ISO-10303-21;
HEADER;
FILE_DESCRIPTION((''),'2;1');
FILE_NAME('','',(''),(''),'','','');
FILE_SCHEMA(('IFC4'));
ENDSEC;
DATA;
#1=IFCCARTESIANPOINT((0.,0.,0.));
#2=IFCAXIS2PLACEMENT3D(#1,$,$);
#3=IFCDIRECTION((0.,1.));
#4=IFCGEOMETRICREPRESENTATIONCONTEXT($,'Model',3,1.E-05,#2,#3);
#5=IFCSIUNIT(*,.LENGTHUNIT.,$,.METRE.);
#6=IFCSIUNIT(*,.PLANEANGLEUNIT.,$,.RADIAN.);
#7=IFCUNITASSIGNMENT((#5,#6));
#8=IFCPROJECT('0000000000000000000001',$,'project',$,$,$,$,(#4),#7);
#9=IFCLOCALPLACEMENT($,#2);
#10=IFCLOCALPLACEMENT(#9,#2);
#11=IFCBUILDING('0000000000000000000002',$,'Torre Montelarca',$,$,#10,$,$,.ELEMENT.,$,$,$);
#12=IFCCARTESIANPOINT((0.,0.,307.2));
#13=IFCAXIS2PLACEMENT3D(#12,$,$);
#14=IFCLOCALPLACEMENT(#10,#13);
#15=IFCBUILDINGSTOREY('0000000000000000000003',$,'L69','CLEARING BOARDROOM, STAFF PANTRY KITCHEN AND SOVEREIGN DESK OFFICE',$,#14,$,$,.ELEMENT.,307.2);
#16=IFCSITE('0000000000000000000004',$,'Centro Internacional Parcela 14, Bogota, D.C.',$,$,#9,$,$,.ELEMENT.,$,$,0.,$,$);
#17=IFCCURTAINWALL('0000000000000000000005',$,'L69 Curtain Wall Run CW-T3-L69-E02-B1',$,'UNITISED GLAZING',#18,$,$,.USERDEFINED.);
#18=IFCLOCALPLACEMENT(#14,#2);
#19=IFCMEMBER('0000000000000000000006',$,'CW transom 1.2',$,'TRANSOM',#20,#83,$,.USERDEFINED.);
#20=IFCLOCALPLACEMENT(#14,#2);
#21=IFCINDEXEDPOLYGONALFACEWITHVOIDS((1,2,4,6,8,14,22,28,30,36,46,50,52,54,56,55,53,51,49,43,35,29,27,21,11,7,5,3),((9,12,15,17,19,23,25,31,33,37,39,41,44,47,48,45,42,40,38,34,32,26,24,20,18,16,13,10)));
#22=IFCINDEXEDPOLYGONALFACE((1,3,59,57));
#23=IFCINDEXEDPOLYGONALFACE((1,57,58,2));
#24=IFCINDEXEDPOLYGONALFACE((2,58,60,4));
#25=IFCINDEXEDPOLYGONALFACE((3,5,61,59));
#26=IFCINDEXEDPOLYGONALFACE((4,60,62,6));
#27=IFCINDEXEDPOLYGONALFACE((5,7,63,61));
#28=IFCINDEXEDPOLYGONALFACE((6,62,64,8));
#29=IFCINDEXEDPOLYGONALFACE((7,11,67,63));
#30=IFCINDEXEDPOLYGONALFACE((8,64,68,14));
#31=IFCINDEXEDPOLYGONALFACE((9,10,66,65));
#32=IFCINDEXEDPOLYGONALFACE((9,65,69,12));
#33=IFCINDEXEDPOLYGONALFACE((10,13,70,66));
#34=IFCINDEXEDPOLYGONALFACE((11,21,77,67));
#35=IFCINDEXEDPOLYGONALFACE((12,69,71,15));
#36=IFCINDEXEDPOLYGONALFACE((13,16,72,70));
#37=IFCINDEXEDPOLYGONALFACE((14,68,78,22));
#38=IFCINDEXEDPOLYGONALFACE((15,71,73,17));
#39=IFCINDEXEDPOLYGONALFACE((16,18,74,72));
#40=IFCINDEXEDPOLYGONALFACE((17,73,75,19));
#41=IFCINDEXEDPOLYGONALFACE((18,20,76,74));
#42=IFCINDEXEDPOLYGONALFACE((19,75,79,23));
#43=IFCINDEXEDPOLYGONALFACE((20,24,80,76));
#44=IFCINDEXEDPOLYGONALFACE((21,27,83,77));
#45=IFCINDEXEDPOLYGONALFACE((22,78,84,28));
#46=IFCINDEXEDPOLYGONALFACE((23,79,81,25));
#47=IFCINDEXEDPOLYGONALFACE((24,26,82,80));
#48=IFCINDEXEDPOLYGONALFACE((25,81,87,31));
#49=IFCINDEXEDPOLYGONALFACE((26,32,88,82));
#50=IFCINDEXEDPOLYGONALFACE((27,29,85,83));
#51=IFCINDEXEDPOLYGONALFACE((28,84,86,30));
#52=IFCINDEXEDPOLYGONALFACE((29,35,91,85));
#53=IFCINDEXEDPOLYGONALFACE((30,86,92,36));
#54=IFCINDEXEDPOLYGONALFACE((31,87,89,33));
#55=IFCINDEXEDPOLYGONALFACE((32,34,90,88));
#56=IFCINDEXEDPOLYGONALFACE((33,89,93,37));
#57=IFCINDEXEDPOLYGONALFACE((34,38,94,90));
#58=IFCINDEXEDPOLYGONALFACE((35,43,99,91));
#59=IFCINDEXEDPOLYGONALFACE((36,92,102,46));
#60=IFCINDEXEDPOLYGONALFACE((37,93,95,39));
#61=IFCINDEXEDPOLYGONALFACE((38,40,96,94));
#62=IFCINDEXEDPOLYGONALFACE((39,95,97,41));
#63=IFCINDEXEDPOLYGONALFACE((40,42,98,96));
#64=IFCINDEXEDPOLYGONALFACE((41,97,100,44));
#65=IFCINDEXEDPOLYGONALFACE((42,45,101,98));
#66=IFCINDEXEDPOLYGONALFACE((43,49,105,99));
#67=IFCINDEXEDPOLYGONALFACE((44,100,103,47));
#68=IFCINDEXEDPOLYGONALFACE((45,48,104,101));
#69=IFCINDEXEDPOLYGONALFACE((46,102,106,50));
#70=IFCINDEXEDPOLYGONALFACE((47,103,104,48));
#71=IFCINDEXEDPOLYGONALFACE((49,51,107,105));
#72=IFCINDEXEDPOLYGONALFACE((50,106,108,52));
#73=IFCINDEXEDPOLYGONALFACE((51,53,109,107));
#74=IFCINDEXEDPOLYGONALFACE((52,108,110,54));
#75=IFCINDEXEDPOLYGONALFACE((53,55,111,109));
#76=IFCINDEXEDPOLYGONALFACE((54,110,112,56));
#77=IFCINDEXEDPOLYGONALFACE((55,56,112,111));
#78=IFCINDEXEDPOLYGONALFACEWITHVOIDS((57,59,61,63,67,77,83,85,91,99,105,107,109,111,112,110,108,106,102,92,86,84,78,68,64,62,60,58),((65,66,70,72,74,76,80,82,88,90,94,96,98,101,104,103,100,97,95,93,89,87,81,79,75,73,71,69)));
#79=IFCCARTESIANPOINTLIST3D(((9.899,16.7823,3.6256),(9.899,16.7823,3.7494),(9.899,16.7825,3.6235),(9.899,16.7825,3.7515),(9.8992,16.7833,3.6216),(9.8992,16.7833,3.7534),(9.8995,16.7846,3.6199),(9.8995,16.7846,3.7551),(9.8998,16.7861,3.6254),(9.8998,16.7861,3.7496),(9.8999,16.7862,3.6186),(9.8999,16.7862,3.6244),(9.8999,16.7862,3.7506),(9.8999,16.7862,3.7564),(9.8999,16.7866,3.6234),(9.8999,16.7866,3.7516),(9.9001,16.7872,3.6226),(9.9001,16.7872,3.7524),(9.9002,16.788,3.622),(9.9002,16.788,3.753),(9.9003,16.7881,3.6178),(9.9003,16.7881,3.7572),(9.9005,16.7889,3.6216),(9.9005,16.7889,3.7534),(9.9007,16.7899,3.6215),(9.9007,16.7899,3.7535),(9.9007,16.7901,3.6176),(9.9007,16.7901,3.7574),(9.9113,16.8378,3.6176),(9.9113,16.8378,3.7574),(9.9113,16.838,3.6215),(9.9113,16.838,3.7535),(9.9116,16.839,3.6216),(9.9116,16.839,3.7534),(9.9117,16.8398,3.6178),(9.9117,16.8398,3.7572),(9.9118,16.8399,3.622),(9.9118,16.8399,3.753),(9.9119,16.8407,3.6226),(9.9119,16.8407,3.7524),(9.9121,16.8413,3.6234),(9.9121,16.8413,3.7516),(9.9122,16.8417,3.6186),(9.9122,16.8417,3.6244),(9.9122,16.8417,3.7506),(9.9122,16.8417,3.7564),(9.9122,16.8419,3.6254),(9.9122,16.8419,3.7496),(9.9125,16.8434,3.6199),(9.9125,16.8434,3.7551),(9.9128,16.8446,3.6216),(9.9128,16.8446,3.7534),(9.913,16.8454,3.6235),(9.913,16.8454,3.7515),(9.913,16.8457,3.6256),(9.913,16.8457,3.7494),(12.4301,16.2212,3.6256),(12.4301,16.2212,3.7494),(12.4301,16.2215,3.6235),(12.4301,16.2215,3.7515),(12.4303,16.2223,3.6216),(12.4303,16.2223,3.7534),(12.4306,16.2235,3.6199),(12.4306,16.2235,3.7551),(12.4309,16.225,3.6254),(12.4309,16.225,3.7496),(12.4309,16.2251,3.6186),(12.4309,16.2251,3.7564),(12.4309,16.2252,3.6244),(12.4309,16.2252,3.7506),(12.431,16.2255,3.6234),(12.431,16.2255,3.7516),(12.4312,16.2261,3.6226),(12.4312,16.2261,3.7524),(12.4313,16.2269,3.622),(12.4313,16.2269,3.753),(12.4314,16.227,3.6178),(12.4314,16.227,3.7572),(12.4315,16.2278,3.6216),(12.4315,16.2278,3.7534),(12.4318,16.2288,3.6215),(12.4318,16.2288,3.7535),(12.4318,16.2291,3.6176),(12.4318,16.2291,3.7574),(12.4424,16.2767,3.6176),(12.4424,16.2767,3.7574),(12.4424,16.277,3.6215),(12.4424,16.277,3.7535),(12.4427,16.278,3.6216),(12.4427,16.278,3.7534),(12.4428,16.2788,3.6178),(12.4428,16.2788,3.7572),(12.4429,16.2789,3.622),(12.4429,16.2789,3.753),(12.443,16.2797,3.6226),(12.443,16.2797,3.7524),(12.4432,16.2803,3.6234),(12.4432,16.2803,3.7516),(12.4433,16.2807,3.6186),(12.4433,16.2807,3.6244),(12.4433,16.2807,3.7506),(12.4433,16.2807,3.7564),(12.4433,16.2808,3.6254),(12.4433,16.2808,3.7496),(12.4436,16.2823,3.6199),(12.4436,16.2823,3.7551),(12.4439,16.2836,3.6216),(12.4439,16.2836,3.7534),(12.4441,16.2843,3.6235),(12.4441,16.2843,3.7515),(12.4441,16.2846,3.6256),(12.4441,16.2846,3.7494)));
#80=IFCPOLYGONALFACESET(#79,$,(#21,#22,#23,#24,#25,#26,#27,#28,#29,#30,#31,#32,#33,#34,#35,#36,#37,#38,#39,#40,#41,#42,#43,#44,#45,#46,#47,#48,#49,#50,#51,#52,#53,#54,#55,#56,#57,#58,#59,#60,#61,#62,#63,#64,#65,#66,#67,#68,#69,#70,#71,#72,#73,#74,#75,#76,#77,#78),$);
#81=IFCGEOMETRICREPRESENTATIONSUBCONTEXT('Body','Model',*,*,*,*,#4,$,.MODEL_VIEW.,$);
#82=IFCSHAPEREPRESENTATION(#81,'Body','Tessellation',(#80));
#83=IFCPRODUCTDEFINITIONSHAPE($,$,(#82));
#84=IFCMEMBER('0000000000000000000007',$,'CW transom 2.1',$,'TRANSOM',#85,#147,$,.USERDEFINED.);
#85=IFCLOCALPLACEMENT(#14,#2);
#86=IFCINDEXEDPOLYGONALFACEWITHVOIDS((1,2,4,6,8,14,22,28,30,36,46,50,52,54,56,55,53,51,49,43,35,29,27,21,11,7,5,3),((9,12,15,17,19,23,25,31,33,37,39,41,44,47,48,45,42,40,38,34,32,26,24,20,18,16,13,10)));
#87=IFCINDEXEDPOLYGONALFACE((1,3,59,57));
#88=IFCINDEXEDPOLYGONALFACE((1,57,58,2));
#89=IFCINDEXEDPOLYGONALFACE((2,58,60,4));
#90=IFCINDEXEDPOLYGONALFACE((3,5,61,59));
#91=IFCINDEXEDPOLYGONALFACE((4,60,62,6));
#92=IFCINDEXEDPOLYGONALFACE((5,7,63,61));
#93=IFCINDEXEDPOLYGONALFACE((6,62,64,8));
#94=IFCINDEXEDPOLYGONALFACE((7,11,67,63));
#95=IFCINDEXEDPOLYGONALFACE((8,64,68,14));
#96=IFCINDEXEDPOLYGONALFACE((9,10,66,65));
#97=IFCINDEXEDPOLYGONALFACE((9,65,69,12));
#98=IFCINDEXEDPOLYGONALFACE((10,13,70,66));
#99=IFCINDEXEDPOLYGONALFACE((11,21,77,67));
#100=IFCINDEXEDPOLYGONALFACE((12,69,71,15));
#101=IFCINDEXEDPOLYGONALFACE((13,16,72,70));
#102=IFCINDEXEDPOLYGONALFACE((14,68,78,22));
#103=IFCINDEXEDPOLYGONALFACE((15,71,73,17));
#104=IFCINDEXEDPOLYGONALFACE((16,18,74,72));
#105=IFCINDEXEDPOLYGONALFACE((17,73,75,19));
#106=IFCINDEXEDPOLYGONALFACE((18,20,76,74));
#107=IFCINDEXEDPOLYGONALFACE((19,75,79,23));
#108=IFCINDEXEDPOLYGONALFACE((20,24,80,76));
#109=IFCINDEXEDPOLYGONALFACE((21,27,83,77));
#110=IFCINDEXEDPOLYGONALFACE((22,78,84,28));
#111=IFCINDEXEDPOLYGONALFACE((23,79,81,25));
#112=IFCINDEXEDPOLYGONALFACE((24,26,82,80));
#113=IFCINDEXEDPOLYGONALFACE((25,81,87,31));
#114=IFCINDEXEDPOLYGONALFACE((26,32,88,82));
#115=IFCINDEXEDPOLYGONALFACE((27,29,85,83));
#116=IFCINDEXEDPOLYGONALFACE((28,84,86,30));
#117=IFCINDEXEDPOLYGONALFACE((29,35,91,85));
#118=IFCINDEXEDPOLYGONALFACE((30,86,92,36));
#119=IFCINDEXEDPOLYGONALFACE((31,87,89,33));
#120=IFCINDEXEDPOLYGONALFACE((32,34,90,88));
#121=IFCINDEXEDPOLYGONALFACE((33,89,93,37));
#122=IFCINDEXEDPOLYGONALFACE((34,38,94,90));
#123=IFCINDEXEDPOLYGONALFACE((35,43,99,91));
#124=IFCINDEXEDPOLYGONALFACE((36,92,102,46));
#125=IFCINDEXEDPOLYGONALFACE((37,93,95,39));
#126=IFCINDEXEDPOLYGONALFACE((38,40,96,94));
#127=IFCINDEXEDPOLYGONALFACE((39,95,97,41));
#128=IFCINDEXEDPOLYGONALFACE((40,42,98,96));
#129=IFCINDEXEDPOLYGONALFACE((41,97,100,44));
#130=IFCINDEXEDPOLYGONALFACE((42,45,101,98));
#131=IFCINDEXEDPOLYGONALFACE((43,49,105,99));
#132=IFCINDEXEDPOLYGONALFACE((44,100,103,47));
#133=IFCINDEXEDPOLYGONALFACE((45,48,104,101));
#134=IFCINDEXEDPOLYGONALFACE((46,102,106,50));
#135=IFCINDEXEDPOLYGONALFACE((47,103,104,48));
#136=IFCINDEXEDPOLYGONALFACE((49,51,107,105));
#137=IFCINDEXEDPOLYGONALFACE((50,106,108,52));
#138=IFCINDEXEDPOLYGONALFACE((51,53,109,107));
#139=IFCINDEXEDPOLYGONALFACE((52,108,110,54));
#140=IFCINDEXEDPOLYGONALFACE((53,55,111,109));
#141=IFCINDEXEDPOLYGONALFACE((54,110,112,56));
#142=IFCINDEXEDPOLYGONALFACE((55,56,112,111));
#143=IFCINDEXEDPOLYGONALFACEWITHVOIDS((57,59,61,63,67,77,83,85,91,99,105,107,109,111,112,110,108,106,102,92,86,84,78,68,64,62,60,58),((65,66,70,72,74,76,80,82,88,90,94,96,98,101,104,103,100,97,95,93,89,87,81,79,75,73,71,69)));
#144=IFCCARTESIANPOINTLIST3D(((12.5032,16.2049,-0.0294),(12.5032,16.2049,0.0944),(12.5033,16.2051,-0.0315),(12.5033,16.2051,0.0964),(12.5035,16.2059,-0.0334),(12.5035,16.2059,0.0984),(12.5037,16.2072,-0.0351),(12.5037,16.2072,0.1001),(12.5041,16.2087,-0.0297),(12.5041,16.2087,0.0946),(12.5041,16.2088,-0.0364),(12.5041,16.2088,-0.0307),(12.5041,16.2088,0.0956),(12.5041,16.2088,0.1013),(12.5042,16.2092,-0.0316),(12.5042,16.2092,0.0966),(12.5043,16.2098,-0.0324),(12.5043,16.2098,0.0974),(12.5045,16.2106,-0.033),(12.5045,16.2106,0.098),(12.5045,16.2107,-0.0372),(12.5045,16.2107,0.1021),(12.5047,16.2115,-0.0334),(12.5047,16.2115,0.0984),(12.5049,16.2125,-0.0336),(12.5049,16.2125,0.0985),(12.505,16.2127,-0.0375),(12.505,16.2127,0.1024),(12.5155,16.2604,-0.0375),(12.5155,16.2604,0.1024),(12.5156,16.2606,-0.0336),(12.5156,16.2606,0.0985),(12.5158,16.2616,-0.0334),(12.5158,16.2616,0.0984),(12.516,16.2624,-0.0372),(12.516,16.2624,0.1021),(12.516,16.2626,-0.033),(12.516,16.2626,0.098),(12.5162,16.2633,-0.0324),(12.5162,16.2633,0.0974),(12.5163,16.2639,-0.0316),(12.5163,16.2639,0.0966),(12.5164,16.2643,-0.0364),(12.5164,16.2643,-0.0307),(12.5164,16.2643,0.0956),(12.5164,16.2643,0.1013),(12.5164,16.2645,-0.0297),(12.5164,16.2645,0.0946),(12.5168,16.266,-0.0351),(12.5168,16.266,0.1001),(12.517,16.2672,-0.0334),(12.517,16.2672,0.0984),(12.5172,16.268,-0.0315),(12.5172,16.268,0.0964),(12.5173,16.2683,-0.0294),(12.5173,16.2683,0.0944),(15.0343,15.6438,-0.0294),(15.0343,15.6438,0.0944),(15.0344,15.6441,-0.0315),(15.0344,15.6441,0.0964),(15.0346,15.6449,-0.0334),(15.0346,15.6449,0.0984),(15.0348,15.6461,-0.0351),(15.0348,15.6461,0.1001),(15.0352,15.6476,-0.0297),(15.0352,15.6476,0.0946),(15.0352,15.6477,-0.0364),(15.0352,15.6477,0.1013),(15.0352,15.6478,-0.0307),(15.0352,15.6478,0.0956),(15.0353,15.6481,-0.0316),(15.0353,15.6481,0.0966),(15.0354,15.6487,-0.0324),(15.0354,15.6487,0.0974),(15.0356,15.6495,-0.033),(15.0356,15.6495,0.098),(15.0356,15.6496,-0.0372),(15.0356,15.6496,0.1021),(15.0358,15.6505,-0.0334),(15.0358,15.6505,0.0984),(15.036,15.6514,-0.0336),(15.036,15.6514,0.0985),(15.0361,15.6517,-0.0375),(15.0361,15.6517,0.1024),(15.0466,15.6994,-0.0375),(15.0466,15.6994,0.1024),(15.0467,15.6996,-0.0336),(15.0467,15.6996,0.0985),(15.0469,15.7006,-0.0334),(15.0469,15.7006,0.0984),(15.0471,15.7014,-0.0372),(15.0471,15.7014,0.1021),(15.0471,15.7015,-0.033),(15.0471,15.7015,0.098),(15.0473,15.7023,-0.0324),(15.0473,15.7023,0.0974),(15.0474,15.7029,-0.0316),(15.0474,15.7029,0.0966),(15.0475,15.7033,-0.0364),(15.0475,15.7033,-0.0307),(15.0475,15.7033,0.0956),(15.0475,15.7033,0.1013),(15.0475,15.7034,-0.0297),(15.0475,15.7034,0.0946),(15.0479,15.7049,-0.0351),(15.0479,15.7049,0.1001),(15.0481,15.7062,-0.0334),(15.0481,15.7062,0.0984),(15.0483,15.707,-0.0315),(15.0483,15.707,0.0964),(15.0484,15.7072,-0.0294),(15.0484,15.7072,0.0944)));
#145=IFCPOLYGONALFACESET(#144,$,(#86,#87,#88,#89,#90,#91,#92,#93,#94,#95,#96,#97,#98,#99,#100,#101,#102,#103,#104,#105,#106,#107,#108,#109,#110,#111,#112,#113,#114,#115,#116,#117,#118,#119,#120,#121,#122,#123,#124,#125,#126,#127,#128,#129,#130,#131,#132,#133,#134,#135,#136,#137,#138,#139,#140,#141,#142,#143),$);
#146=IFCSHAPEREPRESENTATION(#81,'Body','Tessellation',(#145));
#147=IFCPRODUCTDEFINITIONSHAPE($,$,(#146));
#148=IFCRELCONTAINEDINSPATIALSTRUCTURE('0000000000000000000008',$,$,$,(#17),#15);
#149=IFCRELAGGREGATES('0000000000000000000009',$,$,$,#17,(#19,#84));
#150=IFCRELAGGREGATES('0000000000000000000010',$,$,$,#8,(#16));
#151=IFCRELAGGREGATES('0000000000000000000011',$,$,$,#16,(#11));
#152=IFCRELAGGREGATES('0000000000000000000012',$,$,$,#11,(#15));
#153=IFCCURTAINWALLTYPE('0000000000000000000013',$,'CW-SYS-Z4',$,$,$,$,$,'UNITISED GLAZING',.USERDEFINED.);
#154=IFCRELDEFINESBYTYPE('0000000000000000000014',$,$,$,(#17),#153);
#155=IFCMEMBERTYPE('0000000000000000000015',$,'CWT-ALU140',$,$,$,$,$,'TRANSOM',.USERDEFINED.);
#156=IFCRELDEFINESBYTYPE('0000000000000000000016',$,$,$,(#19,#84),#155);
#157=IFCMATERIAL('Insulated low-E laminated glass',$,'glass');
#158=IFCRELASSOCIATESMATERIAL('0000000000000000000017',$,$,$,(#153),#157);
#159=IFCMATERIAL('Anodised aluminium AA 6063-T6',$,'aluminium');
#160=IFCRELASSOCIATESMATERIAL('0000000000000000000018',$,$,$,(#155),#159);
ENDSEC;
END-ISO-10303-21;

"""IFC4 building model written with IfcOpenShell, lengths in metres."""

from ifc_helpers import new_model, si_unit, direction, frame, origin, origin_2d, place, context, subcontext, project, spatial, hollow_rectangle, extrude, source, transform, mapped, material, material_profile, profile_set, type_object, element, aggregate, save


model = new_model("IFC4")

# Units and contexts
model_context = context("Model", 3, precision=1e-05, world=origin(), true_north=direction((0.0, 1.0)))
body_context = subcontext(model_context, "Body", "Model", "MODEL_VIEW")
ifc_project = project(units=[si_unit("LENGTHUNIT", "METRE"), si_unit("PLANEANGLEUNIT", "RADIAN")], contexts=[model_context])

# Site, building, storey
site_placement = place(None, origin())
site = spatial("IfcSite", under=ifc_project, at=site_placement, Name="Centro Internacional Parcela 14, Bogota, D.C.", CompositionType="ELEMENT", RefElevation=0.0)
building_placement = place(site_placement, origin())
building = spatial("IfcBuilding", under=site, at=building_placement, Name="Torre Montelarca", CompositionType="ELEMENT")
storey_placement = place(building_placement, frame((0.0, 0.0, 307.2)))
storey = spatial("IfcBuildingStorey", under=building, at=storey_placement, Name="L69", Description="CLEARING BOARDROOM, STAFF PANTRY KITCHEN AND SOVEREIGN DESK OFFICE", CompositionType="ELEMENT", Elevation=307.2)

# Shared definitions
ifc_material_1 = material(Name="Insulated low-E laminated glass", Category="glass")
curtain_wall_type = type_object("IfcCurtainWallType", Name="CW-SYS-Z4", ElementType="UNITISED GLAZING", PredefinedType="USERDEFINED", material=ifc_material_1)
ifc_material_2 = material(Name="Anodised aluminium AA 6063-T6", Category="aluminium")

# Curtain wall
curtain_wall_1_placement = place(storey_placement, origin())
curtain_wall_1 = element("IfcCurtainWall", 1, at=curtain_wall_1_placement, inside=storey, type_object=curtain_wall_type, Name="L69 Curtain Wall Run CW-T3-L69-E02-B1", ObjectType="UNITISED GLAZING", PredefinedType="USERDEFINED")

# Members
ifc_material_profile_1 = material_profile(ifc_material_2, hollow_rectangle(XDim=0.0649, YDim=0.1399, WallThickness=0.0039, InnerFilletRadius=0.0039, OuterFilletRadius=0.0081, at=origin_2d()), Name="ALU65X140X4", Category="aluminium")
ifc_profile_set_1 = profile_set([ifc_material_profile_1], Name="Anodised aluminium AA 6063-T6")
member_type_1 = type_object("IfcMemberType", Name="CWT-ALU140", ElementType="TRANSOM", PredefinedType="USERDEFINED", material=ifc_profile_set_1)
shared_shape_1 = source(origin(), body_context, "Body", "SweptSolid", [
    extrude(hollow_rectangle(XDim=0.0649, YDim=0.1399, WallThickness=0.0039, InnerFilletRadius=0.0039, OuterFilletRadius=0.0081, at=origin_2d()), origin(), (0.0, 0.0, 1.0), 2.5925),
])
member_1_placement = place(storey_placement, frame((9.906, 16.814, 3.6875), z_axis=(0.976302, -0.216412, 0.0), x_axis=(0.216412, 0.976302, 0.0)))
member_1 = element("IfcMember", 2, at=member_1_placement, type_object=member_type_1, Name="CW transom 1.2", ObjectType="TRANSOM", PredefinedType="USERDEFINED", context=body_context, shape_type="MappedRepresentation", body=[
    mapped(shared_shape_1, transform((0.0, 0.0, 0.0), scale=1.0)),
])
member_2_placement = place(storey_placement, frame((12.5103, 16.2366, 0.0325), z_axis=(0.976302, -0.216412, 0.0), x_axis=(0.216412, 0.976302, 0.0)))
member_2 = element("IfcMember", 3, at=member_2_placement, type_object=member_type_1, Name="CW transom 2.1", ObjectType="TRANSOM", PredefinedType="USERDEFINED", context=body_context, shape_type="MappedRepresentation", body=[
    mapped(shared_shape_1, transform((0.0, 0.0, 0.0), scale=1.0)),
])

aggregate(curtain_wall_1, [member_1, member_2])

save(model, "model.ifc")
